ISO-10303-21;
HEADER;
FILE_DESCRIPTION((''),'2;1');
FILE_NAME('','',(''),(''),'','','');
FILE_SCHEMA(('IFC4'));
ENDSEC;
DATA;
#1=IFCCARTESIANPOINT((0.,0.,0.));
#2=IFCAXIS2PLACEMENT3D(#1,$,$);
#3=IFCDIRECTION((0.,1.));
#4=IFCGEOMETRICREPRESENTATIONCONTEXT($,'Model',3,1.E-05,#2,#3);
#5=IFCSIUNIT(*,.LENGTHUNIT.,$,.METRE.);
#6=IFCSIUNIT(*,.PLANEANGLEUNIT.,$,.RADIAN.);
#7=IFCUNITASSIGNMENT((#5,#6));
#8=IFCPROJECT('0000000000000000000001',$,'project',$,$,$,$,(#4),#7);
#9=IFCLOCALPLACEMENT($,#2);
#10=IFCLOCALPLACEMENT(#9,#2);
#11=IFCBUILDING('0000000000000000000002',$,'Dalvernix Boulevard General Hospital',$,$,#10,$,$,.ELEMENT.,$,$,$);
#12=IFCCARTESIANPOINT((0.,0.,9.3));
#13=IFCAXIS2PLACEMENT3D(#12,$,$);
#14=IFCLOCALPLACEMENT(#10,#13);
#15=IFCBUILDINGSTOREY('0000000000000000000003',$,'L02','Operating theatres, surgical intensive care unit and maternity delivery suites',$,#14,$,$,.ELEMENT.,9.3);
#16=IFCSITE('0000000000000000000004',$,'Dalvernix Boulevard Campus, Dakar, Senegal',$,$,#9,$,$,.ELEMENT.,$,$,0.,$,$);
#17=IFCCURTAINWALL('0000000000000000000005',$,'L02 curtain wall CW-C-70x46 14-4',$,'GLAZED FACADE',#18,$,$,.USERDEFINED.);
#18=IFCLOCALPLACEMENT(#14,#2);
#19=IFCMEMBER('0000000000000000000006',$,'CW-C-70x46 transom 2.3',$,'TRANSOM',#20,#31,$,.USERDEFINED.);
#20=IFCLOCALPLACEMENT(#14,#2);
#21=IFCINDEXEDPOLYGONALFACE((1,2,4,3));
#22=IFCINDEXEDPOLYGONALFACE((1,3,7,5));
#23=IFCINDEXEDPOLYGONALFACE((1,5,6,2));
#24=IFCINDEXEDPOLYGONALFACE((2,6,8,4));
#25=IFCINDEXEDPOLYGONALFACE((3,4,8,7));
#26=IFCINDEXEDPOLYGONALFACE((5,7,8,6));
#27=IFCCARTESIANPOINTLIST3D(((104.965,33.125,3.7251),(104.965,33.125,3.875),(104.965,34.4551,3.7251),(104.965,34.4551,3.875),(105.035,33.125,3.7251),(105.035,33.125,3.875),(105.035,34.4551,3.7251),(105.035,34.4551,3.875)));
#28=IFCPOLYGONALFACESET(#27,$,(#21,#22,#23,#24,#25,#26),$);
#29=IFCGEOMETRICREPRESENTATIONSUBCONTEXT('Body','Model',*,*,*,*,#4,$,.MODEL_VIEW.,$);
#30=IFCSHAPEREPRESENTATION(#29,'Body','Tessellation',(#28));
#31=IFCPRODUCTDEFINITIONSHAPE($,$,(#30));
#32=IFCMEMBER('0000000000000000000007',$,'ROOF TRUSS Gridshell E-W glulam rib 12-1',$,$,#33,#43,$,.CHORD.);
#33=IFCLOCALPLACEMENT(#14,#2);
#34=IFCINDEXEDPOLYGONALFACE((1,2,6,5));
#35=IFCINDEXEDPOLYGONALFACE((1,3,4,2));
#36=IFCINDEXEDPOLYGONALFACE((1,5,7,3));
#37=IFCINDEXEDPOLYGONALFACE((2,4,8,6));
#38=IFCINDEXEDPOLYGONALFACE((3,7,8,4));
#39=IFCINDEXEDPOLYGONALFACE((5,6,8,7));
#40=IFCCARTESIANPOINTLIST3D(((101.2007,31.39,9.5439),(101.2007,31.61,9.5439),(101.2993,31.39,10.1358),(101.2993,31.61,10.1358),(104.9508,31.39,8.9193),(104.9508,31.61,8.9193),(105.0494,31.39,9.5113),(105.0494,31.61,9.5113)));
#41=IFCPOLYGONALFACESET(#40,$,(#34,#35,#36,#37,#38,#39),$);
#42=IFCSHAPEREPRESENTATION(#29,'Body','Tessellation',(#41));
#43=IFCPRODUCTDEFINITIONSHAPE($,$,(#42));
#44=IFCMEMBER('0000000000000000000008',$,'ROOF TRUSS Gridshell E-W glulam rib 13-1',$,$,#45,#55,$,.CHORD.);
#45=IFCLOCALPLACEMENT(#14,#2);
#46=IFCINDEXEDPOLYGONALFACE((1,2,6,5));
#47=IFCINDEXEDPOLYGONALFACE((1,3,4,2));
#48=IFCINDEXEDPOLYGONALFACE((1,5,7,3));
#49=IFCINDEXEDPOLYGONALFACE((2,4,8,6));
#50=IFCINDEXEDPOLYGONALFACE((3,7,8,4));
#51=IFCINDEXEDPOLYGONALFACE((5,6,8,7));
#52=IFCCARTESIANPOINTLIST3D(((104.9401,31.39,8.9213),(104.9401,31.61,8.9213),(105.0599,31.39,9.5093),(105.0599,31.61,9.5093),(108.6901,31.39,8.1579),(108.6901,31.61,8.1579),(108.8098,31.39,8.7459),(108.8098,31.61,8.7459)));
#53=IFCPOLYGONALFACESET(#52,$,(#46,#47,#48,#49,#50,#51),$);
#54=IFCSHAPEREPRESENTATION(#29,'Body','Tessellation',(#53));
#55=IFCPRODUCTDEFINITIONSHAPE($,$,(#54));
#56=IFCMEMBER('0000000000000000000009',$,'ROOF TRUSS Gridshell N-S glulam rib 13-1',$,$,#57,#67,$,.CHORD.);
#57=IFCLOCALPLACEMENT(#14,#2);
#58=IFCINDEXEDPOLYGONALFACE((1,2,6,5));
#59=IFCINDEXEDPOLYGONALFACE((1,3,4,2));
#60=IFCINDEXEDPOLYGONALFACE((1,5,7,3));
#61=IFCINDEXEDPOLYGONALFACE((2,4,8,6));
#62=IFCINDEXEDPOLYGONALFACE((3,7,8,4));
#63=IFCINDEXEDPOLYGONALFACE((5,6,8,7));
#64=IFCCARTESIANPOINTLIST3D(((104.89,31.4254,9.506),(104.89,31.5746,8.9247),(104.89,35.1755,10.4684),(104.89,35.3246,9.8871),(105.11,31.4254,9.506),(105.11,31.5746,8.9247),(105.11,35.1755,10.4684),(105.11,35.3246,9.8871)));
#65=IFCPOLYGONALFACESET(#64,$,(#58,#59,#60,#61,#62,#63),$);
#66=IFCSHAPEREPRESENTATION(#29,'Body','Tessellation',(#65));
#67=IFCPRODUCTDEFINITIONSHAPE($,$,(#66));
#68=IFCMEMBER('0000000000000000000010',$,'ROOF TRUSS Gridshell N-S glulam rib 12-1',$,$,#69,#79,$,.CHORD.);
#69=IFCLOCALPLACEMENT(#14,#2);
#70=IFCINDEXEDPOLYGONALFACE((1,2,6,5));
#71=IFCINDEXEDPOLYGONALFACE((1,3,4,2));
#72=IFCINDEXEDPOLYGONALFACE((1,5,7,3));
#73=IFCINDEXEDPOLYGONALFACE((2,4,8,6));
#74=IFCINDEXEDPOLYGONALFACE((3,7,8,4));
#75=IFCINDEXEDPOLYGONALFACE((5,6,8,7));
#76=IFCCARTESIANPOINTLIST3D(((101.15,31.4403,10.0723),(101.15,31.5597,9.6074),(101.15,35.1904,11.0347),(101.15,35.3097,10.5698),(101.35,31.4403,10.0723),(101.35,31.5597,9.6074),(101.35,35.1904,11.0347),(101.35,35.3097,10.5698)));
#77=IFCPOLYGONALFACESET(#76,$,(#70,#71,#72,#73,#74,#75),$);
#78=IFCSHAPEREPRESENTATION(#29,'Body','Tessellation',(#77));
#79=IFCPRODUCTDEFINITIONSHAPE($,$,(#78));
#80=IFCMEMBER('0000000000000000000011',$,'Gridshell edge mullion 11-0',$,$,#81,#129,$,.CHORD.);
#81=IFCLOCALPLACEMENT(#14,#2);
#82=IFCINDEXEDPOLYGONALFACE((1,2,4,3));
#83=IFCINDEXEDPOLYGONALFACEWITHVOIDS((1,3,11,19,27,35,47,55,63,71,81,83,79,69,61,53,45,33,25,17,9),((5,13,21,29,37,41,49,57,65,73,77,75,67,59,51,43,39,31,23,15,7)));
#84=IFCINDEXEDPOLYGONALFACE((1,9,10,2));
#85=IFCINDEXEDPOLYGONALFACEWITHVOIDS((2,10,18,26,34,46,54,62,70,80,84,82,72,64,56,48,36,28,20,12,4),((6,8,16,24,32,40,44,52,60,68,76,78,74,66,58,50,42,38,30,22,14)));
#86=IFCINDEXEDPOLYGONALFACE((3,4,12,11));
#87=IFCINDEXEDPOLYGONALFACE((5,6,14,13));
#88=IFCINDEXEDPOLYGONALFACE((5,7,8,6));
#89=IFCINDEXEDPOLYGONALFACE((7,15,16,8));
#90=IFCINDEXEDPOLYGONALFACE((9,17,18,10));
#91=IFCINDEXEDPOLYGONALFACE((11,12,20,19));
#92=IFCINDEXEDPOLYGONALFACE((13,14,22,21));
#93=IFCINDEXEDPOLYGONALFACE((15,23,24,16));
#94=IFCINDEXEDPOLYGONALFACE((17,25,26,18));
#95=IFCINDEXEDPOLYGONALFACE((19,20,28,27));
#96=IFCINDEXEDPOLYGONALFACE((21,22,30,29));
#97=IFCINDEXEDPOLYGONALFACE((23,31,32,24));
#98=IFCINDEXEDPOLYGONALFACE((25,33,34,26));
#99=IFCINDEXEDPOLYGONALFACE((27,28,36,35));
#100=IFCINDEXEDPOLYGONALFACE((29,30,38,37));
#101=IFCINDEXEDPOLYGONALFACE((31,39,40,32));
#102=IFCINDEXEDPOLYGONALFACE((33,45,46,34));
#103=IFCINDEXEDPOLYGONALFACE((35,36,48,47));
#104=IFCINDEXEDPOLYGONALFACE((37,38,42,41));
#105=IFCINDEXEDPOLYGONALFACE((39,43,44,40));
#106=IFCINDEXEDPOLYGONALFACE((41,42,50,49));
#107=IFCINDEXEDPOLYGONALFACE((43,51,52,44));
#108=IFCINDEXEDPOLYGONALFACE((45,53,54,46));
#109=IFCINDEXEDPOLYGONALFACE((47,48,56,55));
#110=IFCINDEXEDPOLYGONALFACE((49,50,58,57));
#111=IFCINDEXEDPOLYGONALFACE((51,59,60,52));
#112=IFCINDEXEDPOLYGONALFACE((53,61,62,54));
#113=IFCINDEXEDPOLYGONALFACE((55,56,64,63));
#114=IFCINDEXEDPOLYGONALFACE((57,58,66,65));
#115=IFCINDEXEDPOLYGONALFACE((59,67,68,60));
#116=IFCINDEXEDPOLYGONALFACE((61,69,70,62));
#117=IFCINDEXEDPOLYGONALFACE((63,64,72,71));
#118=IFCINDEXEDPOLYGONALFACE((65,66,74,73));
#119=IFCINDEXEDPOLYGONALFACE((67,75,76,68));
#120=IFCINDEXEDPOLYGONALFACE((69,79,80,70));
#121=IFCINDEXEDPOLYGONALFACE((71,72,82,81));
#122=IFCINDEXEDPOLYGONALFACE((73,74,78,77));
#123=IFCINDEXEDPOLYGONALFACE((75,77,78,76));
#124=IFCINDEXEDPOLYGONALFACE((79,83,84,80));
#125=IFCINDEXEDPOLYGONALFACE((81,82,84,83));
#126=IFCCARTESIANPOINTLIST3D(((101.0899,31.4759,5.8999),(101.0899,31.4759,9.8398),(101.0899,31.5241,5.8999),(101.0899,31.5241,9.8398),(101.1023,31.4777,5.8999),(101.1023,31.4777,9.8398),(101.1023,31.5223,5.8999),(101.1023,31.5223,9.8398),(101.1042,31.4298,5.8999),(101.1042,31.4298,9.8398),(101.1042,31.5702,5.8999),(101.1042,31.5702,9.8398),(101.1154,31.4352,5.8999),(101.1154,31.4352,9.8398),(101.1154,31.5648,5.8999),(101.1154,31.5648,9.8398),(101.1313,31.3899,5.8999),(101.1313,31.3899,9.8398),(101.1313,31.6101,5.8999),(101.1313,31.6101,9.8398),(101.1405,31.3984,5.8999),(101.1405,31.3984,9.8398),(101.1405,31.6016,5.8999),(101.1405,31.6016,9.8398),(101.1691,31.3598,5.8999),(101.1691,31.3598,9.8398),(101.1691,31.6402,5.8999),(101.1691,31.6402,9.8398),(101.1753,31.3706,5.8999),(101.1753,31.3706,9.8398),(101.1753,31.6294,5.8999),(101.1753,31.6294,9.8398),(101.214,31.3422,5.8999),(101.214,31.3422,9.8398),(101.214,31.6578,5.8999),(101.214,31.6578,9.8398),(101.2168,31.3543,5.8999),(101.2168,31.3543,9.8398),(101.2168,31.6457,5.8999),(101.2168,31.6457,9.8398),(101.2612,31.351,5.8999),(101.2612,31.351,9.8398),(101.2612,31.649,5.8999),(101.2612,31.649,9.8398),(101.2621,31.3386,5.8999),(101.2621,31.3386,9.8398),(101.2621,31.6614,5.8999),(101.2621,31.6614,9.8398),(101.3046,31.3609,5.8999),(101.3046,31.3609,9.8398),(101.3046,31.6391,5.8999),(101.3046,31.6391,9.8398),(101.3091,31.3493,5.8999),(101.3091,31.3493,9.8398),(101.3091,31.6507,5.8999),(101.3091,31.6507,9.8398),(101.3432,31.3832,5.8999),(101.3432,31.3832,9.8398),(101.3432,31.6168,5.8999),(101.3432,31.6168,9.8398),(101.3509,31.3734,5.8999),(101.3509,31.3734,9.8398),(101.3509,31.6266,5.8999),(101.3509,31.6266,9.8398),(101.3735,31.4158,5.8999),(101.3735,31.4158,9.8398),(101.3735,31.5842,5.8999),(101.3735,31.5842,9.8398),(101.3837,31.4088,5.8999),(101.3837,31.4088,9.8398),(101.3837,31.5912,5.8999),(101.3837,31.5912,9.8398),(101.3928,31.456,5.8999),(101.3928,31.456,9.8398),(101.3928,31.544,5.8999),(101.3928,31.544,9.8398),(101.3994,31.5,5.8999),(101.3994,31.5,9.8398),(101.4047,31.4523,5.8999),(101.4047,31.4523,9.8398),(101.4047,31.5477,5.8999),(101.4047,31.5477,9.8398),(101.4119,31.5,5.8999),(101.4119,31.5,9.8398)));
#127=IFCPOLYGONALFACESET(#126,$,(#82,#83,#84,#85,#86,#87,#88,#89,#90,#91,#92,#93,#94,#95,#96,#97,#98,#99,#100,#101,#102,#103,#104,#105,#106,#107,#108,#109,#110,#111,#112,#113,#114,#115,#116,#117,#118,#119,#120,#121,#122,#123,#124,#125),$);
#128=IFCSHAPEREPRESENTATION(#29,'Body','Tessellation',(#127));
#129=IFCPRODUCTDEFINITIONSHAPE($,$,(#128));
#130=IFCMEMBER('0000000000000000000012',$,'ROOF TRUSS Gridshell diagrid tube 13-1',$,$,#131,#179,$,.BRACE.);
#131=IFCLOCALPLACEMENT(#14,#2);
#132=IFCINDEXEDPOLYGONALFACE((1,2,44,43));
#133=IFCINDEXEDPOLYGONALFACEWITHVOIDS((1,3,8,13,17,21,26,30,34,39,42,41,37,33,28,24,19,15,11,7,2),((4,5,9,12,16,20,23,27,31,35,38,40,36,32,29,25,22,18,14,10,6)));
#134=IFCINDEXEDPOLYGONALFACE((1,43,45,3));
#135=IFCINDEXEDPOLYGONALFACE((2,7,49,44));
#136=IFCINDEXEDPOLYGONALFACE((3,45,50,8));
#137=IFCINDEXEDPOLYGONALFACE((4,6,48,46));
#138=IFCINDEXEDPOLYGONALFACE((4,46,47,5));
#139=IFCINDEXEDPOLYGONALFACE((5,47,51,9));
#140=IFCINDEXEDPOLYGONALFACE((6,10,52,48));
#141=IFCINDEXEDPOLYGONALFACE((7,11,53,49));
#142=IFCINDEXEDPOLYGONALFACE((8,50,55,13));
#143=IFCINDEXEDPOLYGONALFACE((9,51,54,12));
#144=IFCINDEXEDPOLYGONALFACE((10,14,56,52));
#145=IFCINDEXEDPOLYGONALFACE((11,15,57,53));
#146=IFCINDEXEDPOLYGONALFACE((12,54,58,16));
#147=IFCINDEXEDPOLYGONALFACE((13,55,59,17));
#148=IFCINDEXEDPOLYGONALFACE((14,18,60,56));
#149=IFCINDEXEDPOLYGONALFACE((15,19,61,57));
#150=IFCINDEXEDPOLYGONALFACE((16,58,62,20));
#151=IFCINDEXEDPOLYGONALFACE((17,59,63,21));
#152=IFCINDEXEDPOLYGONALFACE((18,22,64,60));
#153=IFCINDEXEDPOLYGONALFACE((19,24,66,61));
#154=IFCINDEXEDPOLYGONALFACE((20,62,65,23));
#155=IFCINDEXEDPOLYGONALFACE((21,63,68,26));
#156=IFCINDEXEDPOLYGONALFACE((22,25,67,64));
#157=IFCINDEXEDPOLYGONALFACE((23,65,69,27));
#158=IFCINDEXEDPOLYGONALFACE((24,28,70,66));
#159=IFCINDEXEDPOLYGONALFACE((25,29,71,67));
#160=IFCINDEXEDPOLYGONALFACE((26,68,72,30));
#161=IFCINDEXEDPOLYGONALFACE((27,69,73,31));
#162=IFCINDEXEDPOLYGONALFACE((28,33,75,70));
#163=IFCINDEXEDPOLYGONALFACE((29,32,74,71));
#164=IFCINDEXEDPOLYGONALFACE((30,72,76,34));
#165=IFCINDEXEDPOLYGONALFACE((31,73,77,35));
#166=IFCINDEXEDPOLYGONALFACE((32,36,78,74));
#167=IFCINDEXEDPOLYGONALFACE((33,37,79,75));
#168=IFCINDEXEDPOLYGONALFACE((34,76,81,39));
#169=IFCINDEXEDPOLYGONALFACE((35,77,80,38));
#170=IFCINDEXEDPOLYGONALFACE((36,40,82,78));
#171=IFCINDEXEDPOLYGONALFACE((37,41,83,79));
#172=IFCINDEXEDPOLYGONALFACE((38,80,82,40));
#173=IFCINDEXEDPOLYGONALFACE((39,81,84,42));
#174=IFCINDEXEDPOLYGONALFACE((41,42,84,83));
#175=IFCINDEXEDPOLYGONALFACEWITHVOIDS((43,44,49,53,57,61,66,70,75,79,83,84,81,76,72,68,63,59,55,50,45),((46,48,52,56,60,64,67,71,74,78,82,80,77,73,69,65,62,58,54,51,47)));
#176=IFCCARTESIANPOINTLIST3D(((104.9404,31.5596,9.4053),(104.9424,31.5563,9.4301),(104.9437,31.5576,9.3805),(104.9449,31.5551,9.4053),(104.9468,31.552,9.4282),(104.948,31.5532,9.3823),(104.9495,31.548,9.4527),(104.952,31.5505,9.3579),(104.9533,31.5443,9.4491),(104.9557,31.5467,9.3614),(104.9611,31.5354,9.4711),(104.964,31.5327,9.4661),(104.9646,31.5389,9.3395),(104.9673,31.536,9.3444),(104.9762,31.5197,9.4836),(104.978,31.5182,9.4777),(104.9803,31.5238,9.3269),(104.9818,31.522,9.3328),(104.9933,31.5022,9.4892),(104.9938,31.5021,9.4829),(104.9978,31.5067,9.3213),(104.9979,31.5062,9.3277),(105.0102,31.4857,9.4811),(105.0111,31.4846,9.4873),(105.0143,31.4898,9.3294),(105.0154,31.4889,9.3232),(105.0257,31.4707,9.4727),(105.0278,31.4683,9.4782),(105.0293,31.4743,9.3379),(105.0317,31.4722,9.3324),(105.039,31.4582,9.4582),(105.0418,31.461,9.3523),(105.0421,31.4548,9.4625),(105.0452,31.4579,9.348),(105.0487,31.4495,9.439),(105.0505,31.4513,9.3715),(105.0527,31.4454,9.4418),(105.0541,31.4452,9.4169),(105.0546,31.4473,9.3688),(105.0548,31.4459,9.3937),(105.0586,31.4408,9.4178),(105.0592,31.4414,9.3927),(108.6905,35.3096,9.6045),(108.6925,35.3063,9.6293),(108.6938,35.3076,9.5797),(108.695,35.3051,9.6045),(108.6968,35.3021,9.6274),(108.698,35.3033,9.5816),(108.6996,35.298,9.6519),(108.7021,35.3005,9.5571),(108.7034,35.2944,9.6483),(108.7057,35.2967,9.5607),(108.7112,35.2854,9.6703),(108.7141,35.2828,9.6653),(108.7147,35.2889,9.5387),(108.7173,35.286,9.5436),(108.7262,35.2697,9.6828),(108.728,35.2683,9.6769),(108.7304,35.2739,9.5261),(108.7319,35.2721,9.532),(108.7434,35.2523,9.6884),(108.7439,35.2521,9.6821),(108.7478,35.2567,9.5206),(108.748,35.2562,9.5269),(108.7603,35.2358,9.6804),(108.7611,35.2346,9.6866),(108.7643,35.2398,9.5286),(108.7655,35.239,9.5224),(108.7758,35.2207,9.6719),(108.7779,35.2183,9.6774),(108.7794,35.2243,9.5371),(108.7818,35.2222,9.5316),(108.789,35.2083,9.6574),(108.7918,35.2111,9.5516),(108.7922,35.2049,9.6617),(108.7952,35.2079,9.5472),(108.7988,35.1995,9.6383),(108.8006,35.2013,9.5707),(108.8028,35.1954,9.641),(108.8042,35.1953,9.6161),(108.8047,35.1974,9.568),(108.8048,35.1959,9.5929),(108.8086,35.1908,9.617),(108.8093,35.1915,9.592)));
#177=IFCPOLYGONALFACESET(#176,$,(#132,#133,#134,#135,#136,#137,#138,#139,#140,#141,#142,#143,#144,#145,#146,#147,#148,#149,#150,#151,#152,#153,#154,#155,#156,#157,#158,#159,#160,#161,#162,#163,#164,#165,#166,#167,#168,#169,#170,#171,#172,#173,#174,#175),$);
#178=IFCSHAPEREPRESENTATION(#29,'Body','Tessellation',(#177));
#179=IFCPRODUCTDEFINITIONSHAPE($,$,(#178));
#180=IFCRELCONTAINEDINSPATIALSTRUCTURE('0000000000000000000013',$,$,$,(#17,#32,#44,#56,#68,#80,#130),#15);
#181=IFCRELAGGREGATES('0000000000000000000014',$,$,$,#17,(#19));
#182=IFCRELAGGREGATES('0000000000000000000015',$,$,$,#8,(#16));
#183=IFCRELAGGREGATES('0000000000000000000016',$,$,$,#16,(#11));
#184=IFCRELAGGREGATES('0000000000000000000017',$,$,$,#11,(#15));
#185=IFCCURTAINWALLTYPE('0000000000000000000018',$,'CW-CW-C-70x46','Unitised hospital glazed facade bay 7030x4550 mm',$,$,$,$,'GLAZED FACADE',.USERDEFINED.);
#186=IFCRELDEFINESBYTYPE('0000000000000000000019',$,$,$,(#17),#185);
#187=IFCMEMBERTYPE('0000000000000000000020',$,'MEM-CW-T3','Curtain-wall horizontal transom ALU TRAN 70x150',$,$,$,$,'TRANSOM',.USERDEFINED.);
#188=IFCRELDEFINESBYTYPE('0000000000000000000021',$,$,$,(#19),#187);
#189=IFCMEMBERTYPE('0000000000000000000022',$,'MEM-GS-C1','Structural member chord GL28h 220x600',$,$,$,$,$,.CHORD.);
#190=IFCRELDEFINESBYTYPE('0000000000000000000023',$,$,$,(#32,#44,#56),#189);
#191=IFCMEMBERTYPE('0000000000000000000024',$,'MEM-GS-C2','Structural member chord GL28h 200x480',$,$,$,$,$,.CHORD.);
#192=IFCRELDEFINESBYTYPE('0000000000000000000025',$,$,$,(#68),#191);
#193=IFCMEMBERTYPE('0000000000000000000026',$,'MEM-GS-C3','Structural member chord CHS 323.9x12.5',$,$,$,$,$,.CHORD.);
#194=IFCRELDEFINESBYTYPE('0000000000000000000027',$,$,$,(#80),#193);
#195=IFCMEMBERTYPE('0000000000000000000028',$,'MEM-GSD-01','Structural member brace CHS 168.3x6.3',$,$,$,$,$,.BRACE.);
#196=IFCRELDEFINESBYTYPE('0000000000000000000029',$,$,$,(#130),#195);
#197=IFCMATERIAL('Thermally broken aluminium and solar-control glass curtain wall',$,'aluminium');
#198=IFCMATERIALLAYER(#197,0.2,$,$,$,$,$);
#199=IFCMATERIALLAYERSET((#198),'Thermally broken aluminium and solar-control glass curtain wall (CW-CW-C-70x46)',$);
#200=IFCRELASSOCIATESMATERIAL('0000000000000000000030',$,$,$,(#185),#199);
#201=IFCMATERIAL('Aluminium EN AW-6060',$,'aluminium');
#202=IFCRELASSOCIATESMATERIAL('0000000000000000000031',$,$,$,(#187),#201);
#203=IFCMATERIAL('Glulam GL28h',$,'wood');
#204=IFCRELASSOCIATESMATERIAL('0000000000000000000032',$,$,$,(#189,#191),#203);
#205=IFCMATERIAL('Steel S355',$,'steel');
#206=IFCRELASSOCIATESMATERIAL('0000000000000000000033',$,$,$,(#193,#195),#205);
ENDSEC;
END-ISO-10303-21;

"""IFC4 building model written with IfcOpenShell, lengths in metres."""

from ifc_helpers import new_model, si_unit, direction, frame, origin, origin_2d, place, context, subcontext, project, spatial, rectangle, hollow_circle, extrude, material, layer, layer_set, material_profile, profile_set, type_object, element, aggregate, save


model = new_model("IFC4")

# Units and contexts
model_context = context("Model", 3, precision=1e-05, world=origin(), true_north=direction((0.0, 1.0)))
body_context = subcontext(model_context, "Body", "Model", "MODEL_VIEW")
ifc_project = project(units=[si_unit("LENGTHUNIT", "METRE"), si_unit("PLANEANGLEUNIT", "RADIAN")], contexts=[model_context])

# Site, building, storey
site_placement = place(None, origin())
site = spatial("IfcSite", under=ifc_project, at=site_placement, Name="Dalvernix Boulevard Campus, Dakar, Senegal", CompositionType="ELEMENT", RefElevation=0.0)
building_placement = place(site_placement, origin())
building = spatial("IfcBuilding", under=site, at=building_placement, Name="Dalvernix Boulevard General Hospital", CompositionType="ELEMENT")
storey_placement = place(building_placement, frame((0.0, 0.0, 9.3)))
storey = spatial("IfcBuildingStorey", under=building, at=storey_placement, Name="L02", Description="Operating theatres, surgical intensive care unit and maternity delivery suites", CompositionType="ELEMENT", Elevation=9.3)

# Shared definitions
ifc_material_1 = material(Name="Steel S355", Category="steel")

# Curtain wall, member
ifc_material_2 = material(Name="Thermally broken aluminium and solar-control glass curtain wall", Category="aluminium")
ifc_material_3 = material(Name="Aluminium EN AW-6060", Category="aluminium")
ifc_layer_1 = layer(ifc_material_2, 0.2)
ifc_layer_set_1 = layer_set([ifc_layer_1], Name="Thermally broken aluminium and solar-control glass curtain wall (CW-CW-C-70x46)")
curtain_wall_type_1 = type_object("IfcCurtainWallType", Name="CW-CW-C-70x46", Description="Unitised hospital glazed facade bay 7030x4550 mm", ElementType="GLAZED FACADE", PredefinedType="USERDEFINED", material=ifc_layer_set_1)
curtain_wall_1_placement = place(storey_placement, origin())
curtain_wall_1 = element("IfcCurtainWall", 1, at=curtain_wall_1_placement, inside=storey, type_object=curtain_wall_type_1, Name="L02 curtain wall CW-C-70x46 14-4", ObjectType="GLAZED FACADE", PredefinedType="USERDEFINED")
ifc_material_profile_1 = material_profile(ifc_material_3, rectangle(XDim=0.0701, YDim=0.1499, at=origin_2d()), Name="ALU TRAN 70x150")
ifc_profile_set_1 = profile_set([ifc_material_profile_1], Name="Aluminium EN AW-6060")
member_type_1 = type_object("IfcMemberType", Name="MEM-CW-T3", Description="Curtain-wall horizontal transom ALU TRAN 70x150", ElementType="TRANSOM", PredefinedType="USERDEFINED", material=ifc_profile_set_1)
member_1_placement = place(storey_placement, frame((105.0, 33.125, 3.8), z_axis=(0.0, 1.0, 0.0), x_axis=(-1.0, 0.0, 0.0)))
member_1 = element("IfcMember", 2, at=member_1_placement, type_object=member_type_1, Name="CW-C-70x46 transom 2.3", ObjectType="TRANSOM", PredefinedType="USERDEFINED", context=body_context, shape_type="SweptSolid", body=[
    extrude(rectangle(XDim=0.0701, YDim=0.1499, at=origin_2d()), origin(), (0.0, 0.0, 1.0), 1.3301),
])

# Members
ifc_material_4 = material(Name="Glulam GL28h", Category="wood")
ifc_material_profile_2 = material_profile(ifc_material_4, rectangle(XDim=0.22, YDim=0.6001, at=origin_2d()), Name="GL28h 220x600")
ifc_profile_set_2 = profile_set([ifc_material_profile_2], Name="Glulam GL28h")
member_type_2 = type_object("IfcMemberType", Name="MEM-GS-C1", Description="Structural member chord GL28h 220x600", PredefinedType="CHORD", material=ifc_profile_set_2)
member_2_placement = place(storey_placement, frame((101.25, 31.5, 9.8398), z_axis=(0.986415, 0.0, -0.164274), x_axis=(0.0, 1.0, 0.0)))
element("IfcMember", 3, at=member_2_placement, inside=storey, type_object=member_type_2, Name="ROOF TRUSS Gridshell E-W glulam rib 12-1", PredefinedType="CHORD", context=body_context, shape_type="SweptSolid", body=[
    extrude(rectangle(XDim=0.22, YDim=0.6001, at=origin_2d()), origin(), (0.0, 0.0, 1.0), 3.8018),
])
member_3_placement = place(storey_placement, frame((105.0, 31.5, 9.2153), z_axis=(0.9799, 0.0, -0.199489), x_axis=(0.0, 1.0, 0.0)))
element("IfcMember", 4, at=member_3_placement, inside=storey, type_object=member_type_2, Name="ROOF TRUSS Gridshell E-W glulam rib 13-1", PredefinedType="CHORD", context=body_context, shape_type="SweptSolid", body=[
    extrude(rectangle(XDim=0.22, YDim=0.6001, at=origin_2d()), origin(), (0.0, 0.0, 1.0), 3.8269),
])
member_4_placement = place(storey_placement, frame((105.0, 31.5, 9.2153), z_axis=(0.0, 0.96861, 0.248585), x_axis=(-1.0, 0.0, 0.0)))
element("IfcMember", 5, at=member_4_placement, inside=storey, type_object=member_type_2, Name="ROOF TRUSS Gridshell N-S glulam rib 13-1", PredefinedType="CHORD", context=body_context, shape_type="SweptSolid", body=[
    extrude(rectangle(XDim=0.22, YDim=0.6001, at=origin_2d()), origin(), (0.0, 0.0, 1.0), 3.8716),
])
ifc_material_profile_3 = material_profile(ifc_material_4, rectangle(XDim=0.2, YDim=0.48, at=origin_2d()), Name="GL28h 200x480")
ifc_profile_set_3 = profile_set([ifc_material_profile_3], Name="Glulam GL28h")
member_type_3 = type_object("IfcMemberType", Name="MEM-GS-C2", Description="Structural member chord GL28h 200x480", PredefinedType="CHORD", material=ifc_profile_set_3)
member_5_placement = place(storey_placement, frame((101.25, 31.5, 9.8398), z_axis=(0.0, 0.96861, 0.248585), x_axis=(-1.0, 0.0, 0.0)))
element("IfcMember", 6, at=member_5_placement, inside=storey, type_object=member_type_3, Name="ROOF TRUSS Gridshell N-S glulam rib 12-1", PredefinedType="CHORD", context=body_context, shape_type="SweptSolid", body=[
    extrude(rectangle(XDim=0.2, YDim=0.48, at=origin_2d()), origin(), (0.0, 0.0, 1.0), 3.8716),
])
ifc_material_profile_4 = material_profile(ifc_material_1, hollow_circle(Radius=0.1619, WallThickness=0.0125, at=origin_2d()), Name="CHS 323.9x12.5")
ifc_profile_set_4 = profile_set([ifc_material_profile_4], Name="Steel S355")
member_type_4 = type_object("IfcMemberType", Name="MEM-GS-C3", Description="Structural member chord CHS 323.9x12.5", PredefinedType="CHORD", material=ifc_profile_set_4)
member_6_placement = place(storey_placement, frame((101.25, 31.5, 5.8999), z_axis=(0.0, 0.0, 1.0), x_axis=(1.0, 0.0, 0.0)))
element("IfcMember", 7, at=member_6_placement, inside=storey, type_object=member_type_4, Name="Gridshell edge mullion 11-0", PredefinedType="CHORD", context=body_context, shape_type="SweptSolid", body=[
    extrude(hollow_circle(Radius=0.1619, WallThickness=0.0125, at=origin_2d()), origin(), (0.0, 0.0, 1.0), 3.9399),
])
ifc_material_profile_5 = material_profile(ifc_material_1, hollow_circle(Radius=0.0842, WallThickness=0.0063, at=origin_2d()), Name="CHS 168.3x6.3")
ifc_profile_set_5 = profile_set([ifc_material_profile_5], Name="Steel S355")
member_type_5 = type_object("IfcMemberType", Name="MEM-GSD-01", Description="Structural member brace CHS 168.3x6.3", PredefinedType="BRACE", material=ifc_profile_set_5)
member_7_placement = place(storey_placement, frame((105.0, 31.5, 9.4053), z_axis=(0.706608, 0.706608, 0.037539), x_axis=(-0.707107, 0.707107, 0.0)))
element("IfcMember", 8, at=member_7_placement, inside=storey, type_object=member_type_5, Name="ROOF TRUSS Gridshell diagrid tube 13-1", PredefinedType="BRACE", context=body_context, shape_type="SweptSolid", body=[
    extrude(hollow_circle(Radius=0.0842, WallThickness=0.0063, at=origin_2d()), origin(), (0.0, 0.0, 1.0), 5.3071),
])

aggregate(curtain_wall_1, [member_1])

save(model, "model.ifc")
